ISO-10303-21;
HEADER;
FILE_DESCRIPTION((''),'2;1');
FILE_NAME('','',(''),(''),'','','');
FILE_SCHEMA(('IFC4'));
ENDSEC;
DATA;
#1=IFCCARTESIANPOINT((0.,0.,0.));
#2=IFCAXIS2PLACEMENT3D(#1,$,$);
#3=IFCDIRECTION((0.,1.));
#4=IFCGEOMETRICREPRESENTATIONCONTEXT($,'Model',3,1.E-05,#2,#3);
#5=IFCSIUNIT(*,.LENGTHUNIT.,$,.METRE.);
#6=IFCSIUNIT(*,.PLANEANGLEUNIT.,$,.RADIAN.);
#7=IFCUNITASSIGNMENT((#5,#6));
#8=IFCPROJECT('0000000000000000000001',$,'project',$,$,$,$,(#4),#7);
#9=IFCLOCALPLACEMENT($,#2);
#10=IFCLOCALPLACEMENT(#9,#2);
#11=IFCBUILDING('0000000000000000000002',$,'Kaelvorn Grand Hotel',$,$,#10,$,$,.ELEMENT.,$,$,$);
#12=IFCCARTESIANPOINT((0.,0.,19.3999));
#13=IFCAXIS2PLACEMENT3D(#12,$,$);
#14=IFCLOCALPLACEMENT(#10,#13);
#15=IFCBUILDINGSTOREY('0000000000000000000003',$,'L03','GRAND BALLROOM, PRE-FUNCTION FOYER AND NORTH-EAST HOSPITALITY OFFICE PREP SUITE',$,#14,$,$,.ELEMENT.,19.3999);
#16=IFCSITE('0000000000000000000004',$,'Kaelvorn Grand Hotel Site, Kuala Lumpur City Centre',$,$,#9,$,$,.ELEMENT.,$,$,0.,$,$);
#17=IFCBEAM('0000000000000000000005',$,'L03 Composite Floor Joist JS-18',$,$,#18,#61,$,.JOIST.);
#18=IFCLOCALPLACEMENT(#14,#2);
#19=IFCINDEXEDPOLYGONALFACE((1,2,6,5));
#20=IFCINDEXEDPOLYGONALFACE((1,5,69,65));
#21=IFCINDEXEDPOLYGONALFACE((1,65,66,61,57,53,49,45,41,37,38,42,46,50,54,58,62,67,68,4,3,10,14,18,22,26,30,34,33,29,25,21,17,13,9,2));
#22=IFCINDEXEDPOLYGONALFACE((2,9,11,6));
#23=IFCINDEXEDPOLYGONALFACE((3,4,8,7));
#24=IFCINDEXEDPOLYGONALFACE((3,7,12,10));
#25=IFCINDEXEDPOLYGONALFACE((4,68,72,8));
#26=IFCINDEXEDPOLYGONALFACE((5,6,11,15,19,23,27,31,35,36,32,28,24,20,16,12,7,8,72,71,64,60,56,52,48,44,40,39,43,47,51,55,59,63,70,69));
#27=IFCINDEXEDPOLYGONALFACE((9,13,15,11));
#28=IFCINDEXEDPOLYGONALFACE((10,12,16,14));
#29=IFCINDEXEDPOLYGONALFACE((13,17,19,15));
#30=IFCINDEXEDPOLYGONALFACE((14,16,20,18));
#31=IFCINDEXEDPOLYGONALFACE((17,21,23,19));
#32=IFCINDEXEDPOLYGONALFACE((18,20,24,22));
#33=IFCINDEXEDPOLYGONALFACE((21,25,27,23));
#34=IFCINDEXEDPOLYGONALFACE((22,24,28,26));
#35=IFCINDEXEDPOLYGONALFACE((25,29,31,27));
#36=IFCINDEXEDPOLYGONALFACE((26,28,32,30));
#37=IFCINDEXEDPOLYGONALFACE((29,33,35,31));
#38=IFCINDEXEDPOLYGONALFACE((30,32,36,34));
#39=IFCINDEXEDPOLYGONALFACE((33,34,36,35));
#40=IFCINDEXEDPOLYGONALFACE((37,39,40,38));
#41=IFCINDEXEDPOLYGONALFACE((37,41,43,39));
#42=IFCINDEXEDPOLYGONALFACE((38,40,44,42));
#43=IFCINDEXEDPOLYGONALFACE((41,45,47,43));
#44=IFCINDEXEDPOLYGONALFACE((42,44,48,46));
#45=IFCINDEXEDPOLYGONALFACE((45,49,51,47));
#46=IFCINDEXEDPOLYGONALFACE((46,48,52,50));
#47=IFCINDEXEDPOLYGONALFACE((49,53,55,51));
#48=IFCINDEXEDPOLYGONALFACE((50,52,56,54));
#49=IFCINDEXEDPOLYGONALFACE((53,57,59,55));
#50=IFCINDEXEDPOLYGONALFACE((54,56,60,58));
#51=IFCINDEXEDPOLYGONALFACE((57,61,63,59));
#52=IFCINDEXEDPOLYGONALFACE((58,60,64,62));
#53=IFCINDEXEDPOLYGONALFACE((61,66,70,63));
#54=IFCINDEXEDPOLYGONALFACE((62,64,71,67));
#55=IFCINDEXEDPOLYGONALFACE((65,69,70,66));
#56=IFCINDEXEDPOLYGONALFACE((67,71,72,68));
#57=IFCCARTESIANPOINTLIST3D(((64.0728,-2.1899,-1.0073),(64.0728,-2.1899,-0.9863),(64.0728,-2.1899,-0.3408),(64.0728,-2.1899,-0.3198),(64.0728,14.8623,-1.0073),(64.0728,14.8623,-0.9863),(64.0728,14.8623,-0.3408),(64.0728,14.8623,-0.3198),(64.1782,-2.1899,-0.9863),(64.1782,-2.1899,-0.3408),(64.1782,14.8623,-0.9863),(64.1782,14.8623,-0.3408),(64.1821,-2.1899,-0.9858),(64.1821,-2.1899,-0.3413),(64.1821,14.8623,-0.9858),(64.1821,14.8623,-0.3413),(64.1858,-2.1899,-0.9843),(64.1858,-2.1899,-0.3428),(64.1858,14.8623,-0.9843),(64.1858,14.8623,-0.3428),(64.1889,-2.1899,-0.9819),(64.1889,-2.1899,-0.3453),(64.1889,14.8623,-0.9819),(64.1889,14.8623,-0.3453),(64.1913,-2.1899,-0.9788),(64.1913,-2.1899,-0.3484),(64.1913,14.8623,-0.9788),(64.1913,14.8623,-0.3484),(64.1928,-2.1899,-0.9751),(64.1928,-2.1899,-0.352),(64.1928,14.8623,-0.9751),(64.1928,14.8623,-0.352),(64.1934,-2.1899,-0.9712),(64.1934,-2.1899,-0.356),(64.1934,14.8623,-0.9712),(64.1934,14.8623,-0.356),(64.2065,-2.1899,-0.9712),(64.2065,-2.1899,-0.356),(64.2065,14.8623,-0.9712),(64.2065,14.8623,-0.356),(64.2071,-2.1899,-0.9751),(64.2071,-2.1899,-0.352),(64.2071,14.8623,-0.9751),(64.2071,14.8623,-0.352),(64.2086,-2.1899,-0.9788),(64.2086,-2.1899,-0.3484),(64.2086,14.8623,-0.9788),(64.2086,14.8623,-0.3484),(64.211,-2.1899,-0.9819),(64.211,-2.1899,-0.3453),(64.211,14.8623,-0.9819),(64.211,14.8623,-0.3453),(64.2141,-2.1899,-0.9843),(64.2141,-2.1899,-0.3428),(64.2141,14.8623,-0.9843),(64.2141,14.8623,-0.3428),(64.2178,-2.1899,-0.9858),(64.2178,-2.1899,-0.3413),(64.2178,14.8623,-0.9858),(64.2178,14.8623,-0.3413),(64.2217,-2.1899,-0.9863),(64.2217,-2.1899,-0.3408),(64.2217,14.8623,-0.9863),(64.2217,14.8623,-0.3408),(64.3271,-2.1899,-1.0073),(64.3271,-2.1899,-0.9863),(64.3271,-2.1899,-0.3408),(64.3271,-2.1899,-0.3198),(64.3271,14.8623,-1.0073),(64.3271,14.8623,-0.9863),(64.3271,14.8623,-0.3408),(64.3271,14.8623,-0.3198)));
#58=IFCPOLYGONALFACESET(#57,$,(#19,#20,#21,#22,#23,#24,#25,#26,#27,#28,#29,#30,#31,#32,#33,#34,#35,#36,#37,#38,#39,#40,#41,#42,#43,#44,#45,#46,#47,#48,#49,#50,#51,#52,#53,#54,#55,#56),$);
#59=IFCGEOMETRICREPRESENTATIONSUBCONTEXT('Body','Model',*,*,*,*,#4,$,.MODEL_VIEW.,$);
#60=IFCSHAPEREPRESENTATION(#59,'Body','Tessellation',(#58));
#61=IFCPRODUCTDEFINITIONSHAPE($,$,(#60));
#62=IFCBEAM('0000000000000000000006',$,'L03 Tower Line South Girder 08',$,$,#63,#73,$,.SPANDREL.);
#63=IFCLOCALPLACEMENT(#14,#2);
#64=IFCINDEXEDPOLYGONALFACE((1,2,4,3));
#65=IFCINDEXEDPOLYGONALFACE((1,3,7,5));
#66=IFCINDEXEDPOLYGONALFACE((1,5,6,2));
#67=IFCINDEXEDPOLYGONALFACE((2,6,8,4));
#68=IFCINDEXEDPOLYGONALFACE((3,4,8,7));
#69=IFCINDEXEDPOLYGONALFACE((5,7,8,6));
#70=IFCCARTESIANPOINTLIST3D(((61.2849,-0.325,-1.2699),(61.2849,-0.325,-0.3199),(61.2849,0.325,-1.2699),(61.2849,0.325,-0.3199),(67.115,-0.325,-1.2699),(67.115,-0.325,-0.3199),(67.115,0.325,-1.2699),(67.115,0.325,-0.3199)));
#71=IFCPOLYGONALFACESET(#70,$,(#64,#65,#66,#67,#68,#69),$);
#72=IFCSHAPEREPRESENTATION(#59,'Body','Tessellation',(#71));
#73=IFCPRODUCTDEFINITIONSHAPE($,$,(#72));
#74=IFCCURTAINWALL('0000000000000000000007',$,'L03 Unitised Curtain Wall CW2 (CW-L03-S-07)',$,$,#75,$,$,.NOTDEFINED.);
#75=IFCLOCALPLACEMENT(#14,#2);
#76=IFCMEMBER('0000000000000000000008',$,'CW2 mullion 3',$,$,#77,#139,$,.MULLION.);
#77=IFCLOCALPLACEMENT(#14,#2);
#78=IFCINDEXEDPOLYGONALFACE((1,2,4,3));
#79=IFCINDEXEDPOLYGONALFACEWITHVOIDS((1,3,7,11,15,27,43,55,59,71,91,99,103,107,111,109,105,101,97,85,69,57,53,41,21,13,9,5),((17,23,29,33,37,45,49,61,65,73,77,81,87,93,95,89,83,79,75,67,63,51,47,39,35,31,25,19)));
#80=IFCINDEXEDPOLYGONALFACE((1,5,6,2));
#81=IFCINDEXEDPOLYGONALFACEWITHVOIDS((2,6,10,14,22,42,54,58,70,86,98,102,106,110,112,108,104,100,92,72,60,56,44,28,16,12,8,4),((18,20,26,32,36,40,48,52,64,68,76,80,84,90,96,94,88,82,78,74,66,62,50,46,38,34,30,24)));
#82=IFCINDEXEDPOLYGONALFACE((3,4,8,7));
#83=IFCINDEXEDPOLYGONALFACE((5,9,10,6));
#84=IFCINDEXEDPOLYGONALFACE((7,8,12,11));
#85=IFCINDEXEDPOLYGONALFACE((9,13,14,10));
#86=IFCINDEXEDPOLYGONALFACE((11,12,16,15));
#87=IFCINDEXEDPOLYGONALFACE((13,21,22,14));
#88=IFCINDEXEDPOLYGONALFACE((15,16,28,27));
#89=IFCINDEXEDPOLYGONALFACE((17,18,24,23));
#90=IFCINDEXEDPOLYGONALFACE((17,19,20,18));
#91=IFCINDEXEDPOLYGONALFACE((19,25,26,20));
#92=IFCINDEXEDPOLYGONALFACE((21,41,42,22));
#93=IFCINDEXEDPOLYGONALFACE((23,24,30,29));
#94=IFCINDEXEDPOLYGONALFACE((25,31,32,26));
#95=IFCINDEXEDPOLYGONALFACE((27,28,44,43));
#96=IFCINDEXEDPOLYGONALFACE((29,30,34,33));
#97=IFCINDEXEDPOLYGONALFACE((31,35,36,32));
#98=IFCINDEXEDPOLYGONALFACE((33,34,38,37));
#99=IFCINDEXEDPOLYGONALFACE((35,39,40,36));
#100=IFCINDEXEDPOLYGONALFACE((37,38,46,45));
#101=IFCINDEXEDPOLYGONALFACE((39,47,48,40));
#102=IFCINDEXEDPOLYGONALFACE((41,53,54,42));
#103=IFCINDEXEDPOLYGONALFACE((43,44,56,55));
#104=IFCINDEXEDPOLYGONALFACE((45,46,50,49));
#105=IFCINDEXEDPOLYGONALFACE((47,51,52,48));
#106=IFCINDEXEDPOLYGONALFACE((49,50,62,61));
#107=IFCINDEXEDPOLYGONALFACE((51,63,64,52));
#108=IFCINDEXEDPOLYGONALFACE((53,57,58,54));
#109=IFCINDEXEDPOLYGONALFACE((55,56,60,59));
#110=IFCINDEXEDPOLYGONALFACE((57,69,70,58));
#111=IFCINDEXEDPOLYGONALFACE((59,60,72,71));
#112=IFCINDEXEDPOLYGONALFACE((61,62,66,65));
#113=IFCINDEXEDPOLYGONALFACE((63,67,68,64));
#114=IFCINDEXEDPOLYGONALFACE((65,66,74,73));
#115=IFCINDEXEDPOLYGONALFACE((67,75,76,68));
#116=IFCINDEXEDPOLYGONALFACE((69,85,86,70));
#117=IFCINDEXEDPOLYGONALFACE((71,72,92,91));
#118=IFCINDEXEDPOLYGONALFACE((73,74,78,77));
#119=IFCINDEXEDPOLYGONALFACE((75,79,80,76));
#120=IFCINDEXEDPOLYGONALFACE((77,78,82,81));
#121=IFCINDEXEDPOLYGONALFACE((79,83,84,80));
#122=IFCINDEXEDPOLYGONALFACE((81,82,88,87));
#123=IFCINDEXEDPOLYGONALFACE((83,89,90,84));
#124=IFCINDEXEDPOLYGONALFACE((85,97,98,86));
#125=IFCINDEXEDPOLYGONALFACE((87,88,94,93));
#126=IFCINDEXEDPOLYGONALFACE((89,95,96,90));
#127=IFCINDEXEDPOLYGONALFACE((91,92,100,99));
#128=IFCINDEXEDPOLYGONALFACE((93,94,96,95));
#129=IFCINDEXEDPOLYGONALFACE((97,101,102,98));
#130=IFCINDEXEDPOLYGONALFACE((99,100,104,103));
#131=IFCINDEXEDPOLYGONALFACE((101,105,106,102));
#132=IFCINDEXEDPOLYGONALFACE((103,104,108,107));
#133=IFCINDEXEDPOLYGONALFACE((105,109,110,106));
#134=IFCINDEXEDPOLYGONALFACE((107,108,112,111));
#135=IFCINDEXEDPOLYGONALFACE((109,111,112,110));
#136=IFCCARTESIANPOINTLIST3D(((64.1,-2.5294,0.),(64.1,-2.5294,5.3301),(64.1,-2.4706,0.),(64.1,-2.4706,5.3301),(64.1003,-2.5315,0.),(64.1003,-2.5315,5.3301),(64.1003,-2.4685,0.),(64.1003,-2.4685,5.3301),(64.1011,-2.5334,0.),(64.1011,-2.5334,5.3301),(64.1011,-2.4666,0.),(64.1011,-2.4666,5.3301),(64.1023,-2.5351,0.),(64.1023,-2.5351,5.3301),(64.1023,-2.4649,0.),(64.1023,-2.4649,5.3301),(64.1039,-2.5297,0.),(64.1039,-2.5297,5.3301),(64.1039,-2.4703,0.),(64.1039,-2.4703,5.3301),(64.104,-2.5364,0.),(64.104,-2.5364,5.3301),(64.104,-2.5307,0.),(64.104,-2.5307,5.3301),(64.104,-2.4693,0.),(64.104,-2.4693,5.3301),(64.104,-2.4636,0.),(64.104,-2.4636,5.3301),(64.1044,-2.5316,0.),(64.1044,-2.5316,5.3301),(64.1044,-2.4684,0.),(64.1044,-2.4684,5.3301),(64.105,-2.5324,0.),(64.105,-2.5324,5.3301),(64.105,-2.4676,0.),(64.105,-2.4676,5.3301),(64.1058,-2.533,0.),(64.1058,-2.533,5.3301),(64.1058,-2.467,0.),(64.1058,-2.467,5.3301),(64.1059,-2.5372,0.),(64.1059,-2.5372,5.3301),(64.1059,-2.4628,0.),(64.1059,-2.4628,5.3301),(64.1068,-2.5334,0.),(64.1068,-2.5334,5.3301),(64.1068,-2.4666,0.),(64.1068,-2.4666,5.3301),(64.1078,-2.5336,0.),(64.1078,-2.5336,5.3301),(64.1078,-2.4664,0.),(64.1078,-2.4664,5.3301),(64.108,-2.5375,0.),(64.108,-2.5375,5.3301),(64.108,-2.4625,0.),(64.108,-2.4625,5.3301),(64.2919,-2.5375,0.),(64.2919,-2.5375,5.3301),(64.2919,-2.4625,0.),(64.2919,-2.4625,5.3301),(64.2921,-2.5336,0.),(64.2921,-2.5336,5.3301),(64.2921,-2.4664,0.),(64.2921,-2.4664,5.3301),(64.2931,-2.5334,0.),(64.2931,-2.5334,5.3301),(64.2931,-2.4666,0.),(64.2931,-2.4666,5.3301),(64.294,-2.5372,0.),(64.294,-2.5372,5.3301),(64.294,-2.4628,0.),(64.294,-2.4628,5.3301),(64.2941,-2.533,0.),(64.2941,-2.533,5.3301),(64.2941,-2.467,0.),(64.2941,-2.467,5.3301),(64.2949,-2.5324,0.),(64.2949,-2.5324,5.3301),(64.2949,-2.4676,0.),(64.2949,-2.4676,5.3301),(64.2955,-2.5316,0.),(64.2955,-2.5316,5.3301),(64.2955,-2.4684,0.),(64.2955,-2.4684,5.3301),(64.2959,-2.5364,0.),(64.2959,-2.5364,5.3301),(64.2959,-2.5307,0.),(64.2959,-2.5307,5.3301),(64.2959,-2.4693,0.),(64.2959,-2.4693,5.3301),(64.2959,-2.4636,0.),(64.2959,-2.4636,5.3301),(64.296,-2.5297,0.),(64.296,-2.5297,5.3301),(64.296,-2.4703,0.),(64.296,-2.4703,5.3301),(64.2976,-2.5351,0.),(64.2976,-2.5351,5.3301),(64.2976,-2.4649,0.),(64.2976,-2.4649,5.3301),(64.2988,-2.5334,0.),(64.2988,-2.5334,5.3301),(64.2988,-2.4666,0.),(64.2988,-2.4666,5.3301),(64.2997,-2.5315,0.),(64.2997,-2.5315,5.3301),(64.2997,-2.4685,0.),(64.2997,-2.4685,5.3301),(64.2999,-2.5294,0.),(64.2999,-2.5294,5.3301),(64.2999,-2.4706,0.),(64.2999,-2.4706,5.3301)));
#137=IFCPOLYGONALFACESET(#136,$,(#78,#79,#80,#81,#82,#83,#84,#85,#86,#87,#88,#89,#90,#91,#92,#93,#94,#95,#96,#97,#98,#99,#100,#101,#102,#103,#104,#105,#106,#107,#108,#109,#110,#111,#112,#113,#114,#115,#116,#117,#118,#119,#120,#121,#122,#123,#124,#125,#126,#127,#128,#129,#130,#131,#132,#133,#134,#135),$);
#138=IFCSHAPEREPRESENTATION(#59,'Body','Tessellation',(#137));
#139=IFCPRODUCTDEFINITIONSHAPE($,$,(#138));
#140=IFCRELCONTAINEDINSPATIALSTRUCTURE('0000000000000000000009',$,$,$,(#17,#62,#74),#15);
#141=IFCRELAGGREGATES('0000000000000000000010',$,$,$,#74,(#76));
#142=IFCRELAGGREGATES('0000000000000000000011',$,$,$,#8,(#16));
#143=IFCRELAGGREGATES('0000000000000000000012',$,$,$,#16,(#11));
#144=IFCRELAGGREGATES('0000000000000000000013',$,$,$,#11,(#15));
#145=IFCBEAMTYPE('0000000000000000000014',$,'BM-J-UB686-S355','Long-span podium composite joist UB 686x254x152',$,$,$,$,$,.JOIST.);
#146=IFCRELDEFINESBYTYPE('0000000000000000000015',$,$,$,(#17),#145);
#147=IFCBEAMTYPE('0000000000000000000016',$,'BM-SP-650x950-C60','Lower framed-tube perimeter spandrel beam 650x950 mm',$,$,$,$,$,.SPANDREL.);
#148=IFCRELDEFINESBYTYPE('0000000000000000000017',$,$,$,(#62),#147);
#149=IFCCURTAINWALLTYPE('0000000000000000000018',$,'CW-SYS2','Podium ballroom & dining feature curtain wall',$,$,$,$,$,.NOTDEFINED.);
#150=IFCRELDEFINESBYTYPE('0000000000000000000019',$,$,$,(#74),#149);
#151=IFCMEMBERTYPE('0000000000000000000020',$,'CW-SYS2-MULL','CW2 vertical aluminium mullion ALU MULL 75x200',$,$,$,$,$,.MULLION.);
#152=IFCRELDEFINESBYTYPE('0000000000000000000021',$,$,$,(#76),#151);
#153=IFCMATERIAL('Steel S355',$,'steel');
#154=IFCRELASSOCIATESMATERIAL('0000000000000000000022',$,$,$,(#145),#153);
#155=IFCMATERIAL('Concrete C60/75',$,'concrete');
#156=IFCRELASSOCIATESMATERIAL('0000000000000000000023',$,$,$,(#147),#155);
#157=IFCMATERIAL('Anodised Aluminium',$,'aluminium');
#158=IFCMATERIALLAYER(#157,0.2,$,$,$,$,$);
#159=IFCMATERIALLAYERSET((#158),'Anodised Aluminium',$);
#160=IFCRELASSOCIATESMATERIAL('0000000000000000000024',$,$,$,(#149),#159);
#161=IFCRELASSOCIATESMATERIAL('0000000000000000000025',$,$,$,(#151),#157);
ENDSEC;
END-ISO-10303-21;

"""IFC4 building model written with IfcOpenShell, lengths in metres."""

from ifc_helpers import new_model, si_unit, direction, frame, origin, origin_2d, place, context, subcontext, project, spatial, rectangle, hollow_rectangle, i_section, extrude, material, layer, layer_set, material_profile, profile_set, type_object, element, aggregate, save


model = new_model("IFC4")

# Units and contexts
model_context = context("Model", 3, precision=1e-05, world=origin(), true_north=direction((0.0, 1.0)))
body_context = subcontext(model_context, "Body", "Model", "MODEL_VIEW")
ifc_project = project(units=[si_unit("LENGTHUNIT", "METRE"), si_unit("PLANEANGLEUNIT", "RADIAN")], contexts=[model_context])

# Site, building, storey
site_placement = place(None, origin())
site = spatial("IfcSite", under=ifc_project, at=site_placement, Name="Kaelvorn Grand Hotel Site, Kuala Lumpur City Centre", CompositionType="ELEMENT", RefElevation=0.0)
building_placement = place(site_placement, origin())
building = spatial("IfcBuilding", under=site, at=building_placement, Name="Kaelvorn Grand Hotel", CompositionType="ELEMENT")
storey_placement = place(building_placement, frame((0.0, 0.0, 19.3999)))
storey = spatial("IfcBuildingStorey", under=building, at=storey_placement, Name="L03", Description="GRAND BALLROOM, PRE-FUNCTION FOYER AND NORTH-EAST HOSPITALITY OFFICE PREP SUITE", CompositionType="ELEMENT", Elevation=19.3999)

# Beams
ifc_material_1 = material(Name="Steel S355", Category="steel")
ifc_material_profile_1 = material_profile(ifc_material_1, i_section(OverallWidth=0.2544, OverallDepth=0.6875, WebThickness=0.0132, FlangeThickness=0.021, FilletRadius=0.0151, at=origin_2d()), Name="UB 686x254x152")
ifc_profile_set_1 = profile_set([ifc_material_profile_1], Name="Steel S355")
beam_type_1 = type_object("IfcBeamType", Name="BM-J-UB686-S355", Description="Long-span podium composite joist UB 686x254x152", PredefinedType="JOIST", material=ifc_profile_set_1)
beam_1_placement = place(storey_placement, frame((64.2, -2.1899, -0.6636), z_axis=(0.0, 1.0, 0.0), x_axis=(-1.0, 0.0, 0.0)))
element("IfcBeam", 1, at=beam_1_placement, inside=storey, type_object=beam_type_1, Name="L03 Composite Floor Joist JS-18", PredefinedType="JOIST", context=body_context, shape_type="SweptSolid", body=[
    extrude(i_section(OverallWidth=0.2544, OverallDepth=0.6875, WebThickness=0.0132, FlangeThickness=0.021, FilletRadius=0.0151, at=origin_2d()), origin(), (0.0, 0.0, 1.0), 17.0522),
])
ifc_material_2 = material(Name="Concrete C60/75", Category="concrete")
ifc_material_profile_2 = material_profile(ifc_material_2, rectangle(XDim=0.6499, YDim=0.95, at=origin_2d()), Name="RC SPANDREL 650x950")
ifc_profile_set_2 = profile_set([ifc_material_profile_2], Name="Concrete C60/75")
beam_type_2 = type_object("IfcBeamType", Name="BM-SP-650x950-C60", Description="Lower framed-tube perimeter spandrel beam 650x950 mm", PredefinedType="SPANDREL", material=ifc_profile_set_2)
beam_2_placement = place(storey_placement, frame((61.2849, 0.0, -0.7949), z_axis=(1.0, 0.0, 0.0), x_axis=(0.0, 1.0, 0.0)))
element("IfcBeam", 2, at=beam_2_placement, inside=storey, type_object=beam_type_2, Name="L03 Tower Line South Girder 08", PredefinedType="SPANDREL", context=body_context, shape_type="SweptSolid", body=[
    extrude(rectangle(XDim=0.6499, YDim=0.95, at=origin_2d()), origin(), (0.0, 0.0, 1.0), 5.8301),
])

# Curtain wall, member
ifc_material_3 = material(Name="Anodised Aluminium", Category="aluminium")
ifc_layer_1 = layer(ifc_material_3, 0.2)
ifc_layer_set_1 = layer_set([ifc_layer_1], Name="Anodised Aluminium")
curtain_wall_type = type_object("IfcCurtainWallType", Name="CW-SYS2", Description="Podium ballroom & dining feature curtain wall", PredefinedType="NOTDEFINED", material=ifc_layer_set_1)
curtain_wall_placement = place(storey_placement, origin())
curtain_wall = element("IfcCurtainWall", 3, at=curtain_wall_placement, inside=storey, type_object=curtain_wall_type, Name="L03 Unitised Curtain Wall CW2 (CW-L03-S-07)", PredefinedType="NOTDEFINED")
ifc_material_profile_3 = material_profile(ifc_material_3, hollow_rectangle(XDim=0.075, YDim=0.2, WallThickness=0.0039, InnerFilletRadius=0.0039, OuterFilletRadius=0.0081, at=origin_2d()), Name="ALU MULL 75x200")
ifc_profile_set_3 = profile_set([ifc_material_profile_3], Name="Anodised Aluminium")
member_type_1 = type_object("IfcMemberType", Name="CW-SYS2-MULL", Description="CW2 vertical aluminium mullion ALU MULL 75x200", PredefinedType="MULLION", material=ifc_profile_set_3)
member_1_placement = place(storey_placement, frame((64.2, -2.5, 0.0), z_axis=(0.0, 0.0, 1.0), x_axis=(0.0, 1.0, 0.0)))
member_1 = element("IfcMember", 4, at=member_1_placement, type_object=member_type_1, Name="CW2 mullion 3", PredefinedType="MULLION", context=body_context, shape_type="SweptSolid", body=[
    extrude(hollow_rectangle(XDim=0.075, YDim=0.2, WallThickness=0.0039, InnerFilletRadius=0.0039, OuterFilletRadius=0.0081, at=origin_2d()), origin(), (0.0, 0.0, 1.0), 5.3301),
])
aggregate(curtain_wall, [member_1])

save(model, "model.ifc")
